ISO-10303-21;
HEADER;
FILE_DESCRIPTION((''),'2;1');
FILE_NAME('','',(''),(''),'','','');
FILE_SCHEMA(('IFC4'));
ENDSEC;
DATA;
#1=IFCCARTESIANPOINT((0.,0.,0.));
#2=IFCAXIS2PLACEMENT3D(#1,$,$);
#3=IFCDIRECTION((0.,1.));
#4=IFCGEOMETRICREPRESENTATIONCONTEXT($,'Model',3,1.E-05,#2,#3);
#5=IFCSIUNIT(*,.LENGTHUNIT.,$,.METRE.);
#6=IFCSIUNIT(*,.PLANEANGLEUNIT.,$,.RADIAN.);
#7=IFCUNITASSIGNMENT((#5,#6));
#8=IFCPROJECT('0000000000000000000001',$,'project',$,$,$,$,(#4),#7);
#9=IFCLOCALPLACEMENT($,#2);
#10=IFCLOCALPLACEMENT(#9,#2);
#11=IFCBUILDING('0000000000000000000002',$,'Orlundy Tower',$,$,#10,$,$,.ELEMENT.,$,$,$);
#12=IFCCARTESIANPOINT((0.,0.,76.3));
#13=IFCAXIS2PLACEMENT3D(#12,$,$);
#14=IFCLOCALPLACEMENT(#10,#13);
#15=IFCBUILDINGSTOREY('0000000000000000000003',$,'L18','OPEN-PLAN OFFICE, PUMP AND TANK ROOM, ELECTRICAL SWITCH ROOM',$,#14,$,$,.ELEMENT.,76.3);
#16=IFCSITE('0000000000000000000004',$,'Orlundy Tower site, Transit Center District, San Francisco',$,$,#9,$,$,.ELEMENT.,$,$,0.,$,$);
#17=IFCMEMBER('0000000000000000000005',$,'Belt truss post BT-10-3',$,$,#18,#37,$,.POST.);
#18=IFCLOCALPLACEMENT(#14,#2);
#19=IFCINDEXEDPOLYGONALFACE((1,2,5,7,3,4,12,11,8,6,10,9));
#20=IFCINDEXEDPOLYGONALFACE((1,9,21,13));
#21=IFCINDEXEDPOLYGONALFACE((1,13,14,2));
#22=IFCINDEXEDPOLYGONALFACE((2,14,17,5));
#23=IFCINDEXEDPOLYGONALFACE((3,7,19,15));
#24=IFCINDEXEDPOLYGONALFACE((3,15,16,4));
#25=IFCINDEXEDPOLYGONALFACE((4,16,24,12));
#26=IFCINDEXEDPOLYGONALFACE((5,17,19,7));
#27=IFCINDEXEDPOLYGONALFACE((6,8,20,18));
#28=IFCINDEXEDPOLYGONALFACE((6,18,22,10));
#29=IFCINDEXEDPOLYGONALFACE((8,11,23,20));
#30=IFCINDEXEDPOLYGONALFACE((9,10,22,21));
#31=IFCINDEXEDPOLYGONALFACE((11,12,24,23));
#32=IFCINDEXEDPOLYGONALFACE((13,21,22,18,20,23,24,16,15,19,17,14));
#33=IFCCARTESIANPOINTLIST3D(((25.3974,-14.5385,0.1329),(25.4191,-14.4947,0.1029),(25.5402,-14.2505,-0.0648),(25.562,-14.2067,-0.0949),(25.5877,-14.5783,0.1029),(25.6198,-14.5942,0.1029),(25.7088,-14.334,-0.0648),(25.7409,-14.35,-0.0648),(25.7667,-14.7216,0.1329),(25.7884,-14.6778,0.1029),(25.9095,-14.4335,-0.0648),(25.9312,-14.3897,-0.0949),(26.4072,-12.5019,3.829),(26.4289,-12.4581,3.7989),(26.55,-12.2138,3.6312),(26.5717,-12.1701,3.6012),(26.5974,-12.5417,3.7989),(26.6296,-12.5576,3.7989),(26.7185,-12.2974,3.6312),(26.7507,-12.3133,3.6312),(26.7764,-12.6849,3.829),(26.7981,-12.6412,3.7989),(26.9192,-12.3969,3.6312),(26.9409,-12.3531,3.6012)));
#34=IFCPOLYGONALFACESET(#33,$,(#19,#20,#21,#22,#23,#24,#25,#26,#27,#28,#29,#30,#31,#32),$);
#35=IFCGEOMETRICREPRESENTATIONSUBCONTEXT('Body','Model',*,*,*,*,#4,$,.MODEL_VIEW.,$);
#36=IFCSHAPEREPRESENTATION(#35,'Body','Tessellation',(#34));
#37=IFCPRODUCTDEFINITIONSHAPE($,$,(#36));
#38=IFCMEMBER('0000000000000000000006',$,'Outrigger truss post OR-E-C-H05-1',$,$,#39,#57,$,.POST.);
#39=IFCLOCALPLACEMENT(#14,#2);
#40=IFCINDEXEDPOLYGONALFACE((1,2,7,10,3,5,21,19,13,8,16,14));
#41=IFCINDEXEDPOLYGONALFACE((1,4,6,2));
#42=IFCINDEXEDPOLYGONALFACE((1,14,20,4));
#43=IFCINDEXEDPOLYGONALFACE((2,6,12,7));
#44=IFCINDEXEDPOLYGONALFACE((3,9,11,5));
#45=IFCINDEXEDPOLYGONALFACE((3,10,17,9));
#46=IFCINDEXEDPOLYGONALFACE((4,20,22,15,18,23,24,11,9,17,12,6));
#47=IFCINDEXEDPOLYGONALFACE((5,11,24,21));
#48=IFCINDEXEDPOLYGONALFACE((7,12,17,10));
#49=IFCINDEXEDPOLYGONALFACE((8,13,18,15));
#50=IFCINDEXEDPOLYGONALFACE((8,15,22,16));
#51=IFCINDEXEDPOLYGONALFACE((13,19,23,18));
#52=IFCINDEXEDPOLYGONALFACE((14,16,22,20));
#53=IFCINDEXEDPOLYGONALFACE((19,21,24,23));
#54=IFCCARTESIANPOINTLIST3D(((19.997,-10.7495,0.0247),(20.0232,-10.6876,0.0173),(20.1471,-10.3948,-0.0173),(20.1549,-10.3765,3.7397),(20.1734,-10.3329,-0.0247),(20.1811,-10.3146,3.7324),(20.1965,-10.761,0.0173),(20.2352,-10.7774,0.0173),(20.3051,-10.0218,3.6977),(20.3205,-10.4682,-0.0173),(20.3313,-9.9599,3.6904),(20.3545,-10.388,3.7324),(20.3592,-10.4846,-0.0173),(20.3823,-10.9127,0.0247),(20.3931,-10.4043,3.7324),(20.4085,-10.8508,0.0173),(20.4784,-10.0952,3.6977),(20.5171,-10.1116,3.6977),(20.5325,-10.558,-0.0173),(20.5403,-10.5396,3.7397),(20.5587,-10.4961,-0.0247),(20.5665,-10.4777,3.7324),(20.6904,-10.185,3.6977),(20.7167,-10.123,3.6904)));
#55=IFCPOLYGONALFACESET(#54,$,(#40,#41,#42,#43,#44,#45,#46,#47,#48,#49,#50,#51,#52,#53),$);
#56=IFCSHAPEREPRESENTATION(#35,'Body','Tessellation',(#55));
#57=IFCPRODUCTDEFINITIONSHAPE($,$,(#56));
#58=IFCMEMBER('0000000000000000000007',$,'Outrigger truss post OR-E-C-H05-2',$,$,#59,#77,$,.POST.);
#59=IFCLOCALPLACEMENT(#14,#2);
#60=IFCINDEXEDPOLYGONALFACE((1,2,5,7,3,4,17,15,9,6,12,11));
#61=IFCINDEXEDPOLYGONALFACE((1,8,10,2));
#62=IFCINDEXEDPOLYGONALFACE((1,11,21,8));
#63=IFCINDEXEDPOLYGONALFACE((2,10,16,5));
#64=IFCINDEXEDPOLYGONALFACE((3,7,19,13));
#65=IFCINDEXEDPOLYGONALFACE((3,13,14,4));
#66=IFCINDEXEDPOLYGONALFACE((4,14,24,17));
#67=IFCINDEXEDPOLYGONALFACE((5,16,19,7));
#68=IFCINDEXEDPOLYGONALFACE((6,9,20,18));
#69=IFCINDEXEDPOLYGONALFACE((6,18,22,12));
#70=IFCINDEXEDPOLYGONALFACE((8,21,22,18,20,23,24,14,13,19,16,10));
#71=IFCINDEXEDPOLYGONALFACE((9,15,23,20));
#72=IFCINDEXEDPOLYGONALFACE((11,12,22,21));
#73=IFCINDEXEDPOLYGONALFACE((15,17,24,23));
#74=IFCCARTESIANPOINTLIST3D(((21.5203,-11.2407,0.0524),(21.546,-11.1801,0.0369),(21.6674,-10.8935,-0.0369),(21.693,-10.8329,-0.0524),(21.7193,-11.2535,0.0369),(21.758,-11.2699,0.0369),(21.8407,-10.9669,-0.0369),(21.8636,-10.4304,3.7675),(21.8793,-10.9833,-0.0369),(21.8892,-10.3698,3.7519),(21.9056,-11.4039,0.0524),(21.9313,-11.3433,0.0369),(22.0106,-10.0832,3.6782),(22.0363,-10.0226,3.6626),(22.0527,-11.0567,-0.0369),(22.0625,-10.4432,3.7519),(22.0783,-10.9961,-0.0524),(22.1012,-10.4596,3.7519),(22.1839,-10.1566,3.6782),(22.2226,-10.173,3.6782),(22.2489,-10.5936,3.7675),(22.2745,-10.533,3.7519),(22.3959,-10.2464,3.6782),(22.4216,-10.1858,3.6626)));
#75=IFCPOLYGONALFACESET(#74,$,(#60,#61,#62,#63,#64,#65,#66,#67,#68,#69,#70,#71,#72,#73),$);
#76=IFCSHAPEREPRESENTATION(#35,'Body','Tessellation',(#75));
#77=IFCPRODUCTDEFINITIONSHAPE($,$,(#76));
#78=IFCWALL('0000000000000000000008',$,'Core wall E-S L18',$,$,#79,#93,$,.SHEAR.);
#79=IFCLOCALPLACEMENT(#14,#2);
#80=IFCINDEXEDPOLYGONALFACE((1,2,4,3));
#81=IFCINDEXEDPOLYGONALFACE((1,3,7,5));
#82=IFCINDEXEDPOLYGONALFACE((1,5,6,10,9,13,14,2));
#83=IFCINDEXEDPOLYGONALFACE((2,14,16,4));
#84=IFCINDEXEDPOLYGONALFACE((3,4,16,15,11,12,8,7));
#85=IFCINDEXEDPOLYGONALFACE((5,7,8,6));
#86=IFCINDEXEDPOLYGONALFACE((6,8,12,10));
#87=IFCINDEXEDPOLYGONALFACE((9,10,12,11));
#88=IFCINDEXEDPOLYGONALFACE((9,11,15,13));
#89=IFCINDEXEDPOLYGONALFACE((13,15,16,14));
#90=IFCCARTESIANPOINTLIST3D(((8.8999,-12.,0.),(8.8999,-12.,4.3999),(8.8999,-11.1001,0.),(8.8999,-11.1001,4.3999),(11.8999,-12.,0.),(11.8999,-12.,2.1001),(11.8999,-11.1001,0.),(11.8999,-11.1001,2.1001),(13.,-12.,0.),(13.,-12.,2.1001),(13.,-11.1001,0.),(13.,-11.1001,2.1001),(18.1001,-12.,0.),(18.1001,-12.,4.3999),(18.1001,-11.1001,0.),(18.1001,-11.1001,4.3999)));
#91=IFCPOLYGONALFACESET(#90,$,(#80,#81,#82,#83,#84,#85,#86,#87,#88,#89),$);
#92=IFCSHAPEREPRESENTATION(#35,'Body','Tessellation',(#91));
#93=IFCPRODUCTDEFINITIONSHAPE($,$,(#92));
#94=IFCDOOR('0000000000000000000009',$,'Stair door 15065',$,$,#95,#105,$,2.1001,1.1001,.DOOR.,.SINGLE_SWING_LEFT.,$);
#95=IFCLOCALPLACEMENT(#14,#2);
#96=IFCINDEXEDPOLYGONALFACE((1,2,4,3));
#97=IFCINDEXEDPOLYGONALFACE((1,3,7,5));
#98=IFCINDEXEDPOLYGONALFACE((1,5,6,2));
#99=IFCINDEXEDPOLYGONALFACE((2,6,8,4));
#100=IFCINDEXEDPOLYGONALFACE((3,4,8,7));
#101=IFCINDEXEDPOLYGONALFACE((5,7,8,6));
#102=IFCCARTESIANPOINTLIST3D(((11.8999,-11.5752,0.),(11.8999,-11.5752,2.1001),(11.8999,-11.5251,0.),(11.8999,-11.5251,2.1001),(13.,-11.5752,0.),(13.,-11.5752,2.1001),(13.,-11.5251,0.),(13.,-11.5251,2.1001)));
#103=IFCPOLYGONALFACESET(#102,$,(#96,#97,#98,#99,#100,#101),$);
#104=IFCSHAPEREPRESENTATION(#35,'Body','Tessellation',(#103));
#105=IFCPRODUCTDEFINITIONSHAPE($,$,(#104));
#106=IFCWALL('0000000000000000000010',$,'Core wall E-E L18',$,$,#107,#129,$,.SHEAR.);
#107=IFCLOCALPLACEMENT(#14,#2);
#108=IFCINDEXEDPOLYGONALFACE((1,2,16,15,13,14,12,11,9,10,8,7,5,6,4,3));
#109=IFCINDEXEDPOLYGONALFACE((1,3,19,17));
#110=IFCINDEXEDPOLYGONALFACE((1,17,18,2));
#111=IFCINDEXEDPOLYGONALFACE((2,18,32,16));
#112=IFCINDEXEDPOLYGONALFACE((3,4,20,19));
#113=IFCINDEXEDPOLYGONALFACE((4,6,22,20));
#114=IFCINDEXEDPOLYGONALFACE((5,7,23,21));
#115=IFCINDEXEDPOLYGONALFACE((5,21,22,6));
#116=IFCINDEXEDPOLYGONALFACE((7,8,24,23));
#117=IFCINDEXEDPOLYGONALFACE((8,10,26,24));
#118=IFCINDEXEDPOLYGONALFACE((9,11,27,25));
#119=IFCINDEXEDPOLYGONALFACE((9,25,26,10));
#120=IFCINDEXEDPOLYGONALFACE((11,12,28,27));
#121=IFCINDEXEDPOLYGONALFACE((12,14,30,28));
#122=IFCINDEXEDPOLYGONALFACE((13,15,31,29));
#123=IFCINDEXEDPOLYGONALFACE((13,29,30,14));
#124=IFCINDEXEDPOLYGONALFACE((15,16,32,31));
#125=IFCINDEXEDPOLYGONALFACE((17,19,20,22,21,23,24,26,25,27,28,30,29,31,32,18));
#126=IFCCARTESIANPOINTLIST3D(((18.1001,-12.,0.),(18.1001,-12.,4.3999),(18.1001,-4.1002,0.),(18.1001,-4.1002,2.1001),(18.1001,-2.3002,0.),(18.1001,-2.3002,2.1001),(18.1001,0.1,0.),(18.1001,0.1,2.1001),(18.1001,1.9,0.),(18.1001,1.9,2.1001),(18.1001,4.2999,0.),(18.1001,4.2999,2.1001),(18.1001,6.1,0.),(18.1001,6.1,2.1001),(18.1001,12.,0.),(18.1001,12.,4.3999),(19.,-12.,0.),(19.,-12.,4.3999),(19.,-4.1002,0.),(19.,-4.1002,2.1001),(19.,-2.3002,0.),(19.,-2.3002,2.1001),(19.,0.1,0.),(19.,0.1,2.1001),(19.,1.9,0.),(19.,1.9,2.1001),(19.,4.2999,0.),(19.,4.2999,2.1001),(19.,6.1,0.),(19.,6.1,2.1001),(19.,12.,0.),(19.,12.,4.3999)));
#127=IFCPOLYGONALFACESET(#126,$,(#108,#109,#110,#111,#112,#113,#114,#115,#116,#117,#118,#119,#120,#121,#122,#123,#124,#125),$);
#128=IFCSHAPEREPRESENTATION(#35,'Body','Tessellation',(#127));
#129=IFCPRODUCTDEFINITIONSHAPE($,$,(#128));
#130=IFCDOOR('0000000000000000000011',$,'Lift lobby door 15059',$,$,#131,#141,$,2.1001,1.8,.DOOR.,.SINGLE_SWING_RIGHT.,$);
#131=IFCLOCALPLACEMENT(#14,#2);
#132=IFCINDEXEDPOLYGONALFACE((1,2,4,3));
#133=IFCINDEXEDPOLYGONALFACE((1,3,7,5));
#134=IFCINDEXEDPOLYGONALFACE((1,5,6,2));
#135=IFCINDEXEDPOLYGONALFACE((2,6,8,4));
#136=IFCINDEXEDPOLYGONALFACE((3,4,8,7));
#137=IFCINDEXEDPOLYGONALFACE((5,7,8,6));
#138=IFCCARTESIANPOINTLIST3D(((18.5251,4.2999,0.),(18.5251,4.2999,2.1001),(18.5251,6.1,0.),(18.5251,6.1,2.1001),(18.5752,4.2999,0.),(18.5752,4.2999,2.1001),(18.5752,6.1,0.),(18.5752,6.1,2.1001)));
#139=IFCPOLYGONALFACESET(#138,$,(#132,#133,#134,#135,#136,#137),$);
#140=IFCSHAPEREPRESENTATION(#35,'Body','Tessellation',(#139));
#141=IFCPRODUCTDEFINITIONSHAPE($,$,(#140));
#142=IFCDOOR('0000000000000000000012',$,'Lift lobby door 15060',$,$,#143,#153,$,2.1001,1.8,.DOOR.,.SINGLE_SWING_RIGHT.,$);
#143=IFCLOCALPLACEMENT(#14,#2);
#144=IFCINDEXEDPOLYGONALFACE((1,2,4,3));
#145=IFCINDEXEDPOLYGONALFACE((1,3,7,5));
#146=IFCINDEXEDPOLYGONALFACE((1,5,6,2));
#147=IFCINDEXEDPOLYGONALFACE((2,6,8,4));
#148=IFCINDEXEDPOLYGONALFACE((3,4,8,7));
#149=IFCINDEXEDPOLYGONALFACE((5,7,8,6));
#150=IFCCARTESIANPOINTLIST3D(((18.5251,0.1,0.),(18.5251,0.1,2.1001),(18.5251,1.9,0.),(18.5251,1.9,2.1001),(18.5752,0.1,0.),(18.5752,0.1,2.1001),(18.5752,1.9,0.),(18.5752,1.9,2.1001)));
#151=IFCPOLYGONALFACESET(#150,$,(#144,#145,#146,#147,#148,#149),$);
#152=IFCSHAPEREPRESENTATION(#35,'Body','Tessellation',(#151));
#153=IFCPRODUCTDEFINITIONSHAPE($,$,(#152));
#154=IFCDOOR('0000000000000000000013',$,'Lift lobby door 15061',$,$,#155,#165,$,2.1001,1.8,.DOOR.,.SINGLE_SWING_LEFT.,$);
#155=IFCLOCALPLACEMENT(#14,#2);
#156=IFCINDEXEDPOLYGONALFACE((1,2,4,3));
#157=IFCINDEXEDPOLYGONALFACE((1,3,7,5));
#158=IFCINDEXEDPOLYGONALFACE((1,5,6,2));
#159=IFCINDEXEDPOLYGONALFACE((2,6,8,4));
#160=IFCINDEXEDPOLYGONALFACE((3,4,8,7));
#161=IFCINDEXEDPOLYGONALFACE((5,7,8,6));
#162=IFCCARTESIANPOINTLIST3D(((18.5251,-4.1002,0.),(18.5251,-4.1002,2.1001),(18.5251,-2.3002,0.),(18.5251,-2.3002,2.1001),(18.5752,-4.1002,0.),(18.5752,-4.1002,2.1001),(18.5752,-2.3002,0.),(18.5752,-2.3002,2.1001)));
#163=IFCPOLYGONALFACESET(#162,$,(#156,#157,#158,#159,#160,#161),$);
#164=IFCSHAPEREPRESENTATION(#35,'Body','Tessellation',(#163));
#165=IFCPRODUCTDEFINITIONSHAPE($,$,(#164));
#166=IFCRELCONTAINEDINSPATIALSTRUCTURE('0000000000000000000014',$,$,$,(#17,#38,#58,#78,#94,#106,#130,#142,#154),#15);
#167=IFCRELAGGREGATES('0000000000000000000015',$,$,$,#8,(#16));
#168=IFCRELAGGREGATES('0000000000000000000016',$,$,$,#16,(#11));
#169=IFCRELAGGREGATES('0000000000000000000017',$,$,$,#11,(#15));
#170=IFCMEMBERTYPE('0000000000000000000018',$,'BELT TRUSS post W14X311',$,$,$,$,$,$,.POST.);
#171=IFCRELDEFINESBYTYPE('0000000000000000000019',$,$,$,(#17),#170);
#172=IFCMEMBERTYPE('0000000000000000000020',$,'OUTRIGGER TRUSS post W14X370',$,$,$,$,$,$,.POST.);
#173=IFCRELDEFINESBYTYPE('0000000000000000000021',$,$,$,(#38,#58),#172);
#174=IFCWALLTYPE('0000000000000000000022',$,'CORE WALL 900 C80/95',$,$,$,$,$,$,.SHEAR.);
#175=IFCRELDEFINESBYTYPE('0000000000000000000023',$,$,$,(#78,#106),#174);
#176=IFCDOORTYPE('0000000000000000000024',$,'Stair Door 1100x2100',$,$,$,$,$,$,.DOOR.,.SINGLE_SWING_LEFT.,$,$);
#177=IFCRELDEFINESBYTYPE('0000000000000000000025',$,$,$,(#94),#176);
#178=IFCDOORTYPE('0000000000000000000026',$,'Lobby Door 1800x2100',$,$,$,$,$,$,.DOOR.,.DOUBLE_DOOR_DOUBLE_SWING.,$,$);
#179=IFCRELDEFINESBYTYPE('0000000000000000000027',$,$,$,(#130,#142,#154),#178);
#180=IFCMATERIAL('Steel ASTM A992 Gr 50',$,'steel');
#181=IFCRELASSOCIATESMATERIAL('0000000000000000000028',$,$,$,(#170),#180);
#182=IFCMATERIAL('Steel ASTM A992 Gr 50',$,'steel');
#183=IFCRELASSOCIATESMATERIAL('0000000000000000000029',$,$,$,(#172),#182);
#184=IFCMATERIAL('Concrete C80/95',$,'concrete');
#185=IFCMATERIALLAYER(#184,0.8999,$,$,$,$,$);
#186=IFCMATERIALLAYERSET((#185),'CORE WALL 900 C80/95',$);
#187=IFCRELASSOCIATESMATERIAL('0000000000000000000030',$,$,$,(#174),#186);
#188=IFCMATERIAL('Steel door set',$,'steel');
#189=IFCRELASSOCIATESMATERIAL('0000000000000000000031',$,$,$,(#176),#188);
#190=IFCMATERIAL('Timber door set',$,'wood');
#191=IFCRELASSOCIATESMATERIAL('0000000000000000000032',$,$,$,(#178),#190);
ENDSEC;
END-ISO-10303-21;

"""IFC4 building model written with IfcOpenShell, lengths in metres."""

from ifc_helpers import new_model, si_unit, direction, frame, frame_2d, origin, origin_2d, place, context, subcontext, project, spatial, rectangle, i_section, extrude, material, layer, layer_set, material_profile, profile_set, type_object, element, fill, save


model = new_model("IFC4")

# Units and contexts
model_context = context("Model", 3, precision=1e-05, world=origin(), true_north=direction((0.0, 1.0)))
body_context = subcontext(model_context, "Body", "Model", "MODEL_VIEW")
ifc_project = project(units=[si_unit("LENGTHUNIT", "METRE"), si_unit("PLANEANGLEUNIT", "RADIAN")], contexts=[model_context])

# Site, building, storey
site_placement = place(None, origin())
site = spatial("IfcSite", under=ifc_project, at=site_placement, Name="Orlundy Tower site, Transit Center District, San Francisco", CompositionType="ELEMENT", RefElevation=0.0)
building_placement = place(site_placement, origin())
building = spatial("IfcBuilding", under=site, at=building_placement, Name="Orlundy Tower", CompositionType="ELEMENT")
storey_placement = place(building_placement, frame((0.0, 0.0, 76.3)))
storey = spatial("IfcBuildingStorey", under=building, at=storey_placement, Name="L18", Description="OPEN-PLAN OFFICE, PUMP AND TANK ROOM, ELECTRICAL SWITCH ROOM", CompositionType="ELEMENT", Elevation=76.3)

# Members
ifc_material_1 = material(Name="Steel ASTM A992 Gr 50", Category="steel")
ifc_material_profile_1 = material_profile(ifc_material_1, i_section(OverallWidth=0.4121, OverallDepth=0.4348, WebThickness=0.0359, FlangeThickness=0.0574, at=origin_2d()), Name="W14X311")
ifc_profile_set_1 = profile_set([ifc_material_profile_1], Name="Steel ASTM A992 Gr 50")
member_type_1 = type_object("IfcMemberType", Name="BELT TRUSS post W14X311", PredefinedType="POST", material=ifc_profile_set_1)
member_1_placement = place(storey_placement, frame((25.6643, -14.4641, 0.019), z_axis=(0.232711, 0.46936, 0.851791), x_axis=(-0.895926, 0.444204, 0.0)))
element("IfcMember", 1, at=member_1_placement, inside=storey, type_object=member_type_1, Name="Belt truss post BT-10-3", PredefinedType="POST", context=body_context, shape_type="SweptSolid", body=[
    extrude(i_section(OverallWidth=0.4121, OverallDepth=0.4348, WebThickness=0.0359, FlangeThickness=0.0574, at=origin_2d()), origin(), (0.0, 0.0, 1.0), 4.3391),
])
ifc_material_2 = material(Name="Steel ASTM A992 Gr 50", Category="steel")
ifc_material_profile_2 = material_profile(ifc_material_2, i_section(OverallWidth=0.4185, OverallDepth=0.4551, WebThickness=0.042, FlangeThickness=0.0676, at=origin_2d()), Name="W14X370")
ifc_profile_set_2 = profile_set([ifc_material_profile_2], Name="Steel ASTM A992 Gr 50")
member_type_2 = type_object("IfcMemberType", Name="OUTRIGGER TRUSS post W14X370", PredefinedType="POST", material=ifc_profile_set_2)
member_2_placement = place(storey_placement, frame((20.2778, -10.6228, 0.0), z_axis=(0.042268, 0.099822, 0.994107), x_axis=(-0.920851, 0.389915, 0.0)))
element("IfcMember", 2, at=member_2_placement, inside=storey, type_object=member_type_2, Name="Outrigger truss post OR-E-C-H05-1", PredefinedType="POST", context=body_context, shape_type="SweptSolid", body=[
    extrude(i_section(OverallWidth=0.4185, OverallDepth=0.4551, WebThickness=0.042, FlangeThickness=0.0676, at=origin_2d()), origin(), (0.0, 0.0, 1.0), 3.7371),
])
member_3_placement = place(storey_placement, frame((21.7993, -11.1184, 0.0), z_axis=(0.089909, 0.212238, 0.973073), x_axis=(-0.920787, 0.390065, 0.0)))
element("IfcMember", 3, at=member_3_placement, inside=storey, type_object=member_type_2, Name="Outrigger truss post OR-E-C-H05-2", PredefinedType="POST", context=body_context, shape_type="SweptSolid", body=[
    extrude(i_section(OverallWidth=0.4185, OverallDepth=0.4551, WebThickness=0.042, FlangeThickness=0.0676, at=origin_2d()), origin(), (0.0, 0.0, 1.0), 3.8179),
])

# Wall, opening, door
ifc_material_3 = material(Name="Concrete C80/95", Category="concrete")
ifc_layer_1 = layer(ifc_material_3, 0.8999)
ifc_layer_set_1 = layer_set([ifc_layer_1], Name="CORE WALL 900 C80/95")
wall_type_1 = type_object("IfcWallType", Name="CORE WALL 900 C80/95", PredefinedType="SHEAR", material=ifc_layer_set_1)
wall_1_placement = place(storey_placement, frame((8.8999, -11.55, 0.0), z_axis=(0.0, 0.0, 1.0), x_axis=(1.0, 0.0, 0.0)))
wall_1 = element("IfcWall", 4, at=wall_1_placement, inside=storey, type_object=wall_type_1, Name="Core wall E-S L18", PredefinedType="SHEAR", context=body_context, shape_type="SweptSolid", body=[
    extrude(rectangle(XDim=9.2002, YDim=0.8999, at=frame_2d((4.6001, 0.0))), origin(), (0.0, 0.0, 1.0), 4.3999),
])
opening_1_placement = place(wall_1_placement, frame((3.0, 0.0, 0.0)))
opening_1 = element("IfcOpeningElement", 5, at=opening_1_placement, cuts=wall_1, PredefinedType="OPENING", context=body_context, shape_type="SweptSolid", body=[
    extrude(rectangle(XDim=1.1001, YDim=2.1001, at=frame_2d((0.55, 1.05))), frame((0.0, 0.46, 0.0), z_axis=(0.0, -1.0, 0.0), x_axis=(1.0, 0.0, 0.0)), (0.0, 0.0, 1.0), 0.9199),
])
ifc_material_4 = material(Name="Steel door set", Category="steel")
door_type_1 = type_object("IfcDoorType", Name="Stair Door 1100x2100", OperationType="SINGLE_SWING_LEFT", PredefinedType="DOOR", material=ifc_material_4)
door_1_placement = place(opening_1_placement, origin())
door_1 = element("IfcDoor", 6, at=door_1_placement, inside=storey, type_object=door_type_1, Name="Stair door 15065", OperationType="SINGLE_SWING_LEFT", OverallHeight=2.1001, OverallWidth=1.1001, PredefinedType="DOOR", context=body_context, shape_type="SweptSolid", body=[
    extrude(rectangle(XDim=1.1001, YDim=2.1001, at=frame_2d((0.55, 1.05))), frame((0.0, 0.0249, 0.0), z_axis=(0.0, -1.0, 0.0), x_axis=(1.0, 0.0, 0.0)), (0.0, 0.0, 1.0), 0.05),
])
fill(opening_1, door_1)

# Wall, openings, doors
wall_2_placement = place(storey_placement, frame((18.55, -12.0, 0.0), z_axis=(0.0, 0.0, 1.0), x_axis=(0.0, 1.0, 0.0)))
wall_2 = element("IfcWall", 7, at=wall_2_placement, inside=storey, type_object=wall_type_1, Name="Core wall E-E L18", PredefinedType="SHEAR", context=body_context, shape_type="SweptSolid", body=[
    extrude(rectangle(XDim=24.0, YDim=0.8999, at=frame_2d((12.0, 0.0))), origin(), (0.0, 0.0, 1.0), 4.3999),
])
opening_2_placement = place(wall_2_placement, frame((16.3, 0.0, 0.0)))
opening_2 = element("IfcOpeningElement", 8, at=opening_2_placement, cuts=wall_2, PredefinedType="OPENING", context=body_context, shape_type="SweptSolid", body=[
    extrude(rectangle(XDim=1.8, YDim=2.1001, at=frame_2d((0.8999, 1.05))), frame((0.0, 0.46, 0.0), z_axis=(0.0, -1.0, 0.0), x_axis=(1.0, 0.0, 0.0)), (0.0, 0.0, 1.0), 0.9199),
])
opening_3_placement = place(wall_2_placement, frame((12.1001, 0.0, 0.0)))
opening_3 = element("IfcOpeningElement", 9, at=opening_3_placement, cuts=wall_2, PredefinedType="OPENING", context=body_context, shape_type="SweptSolid", body=[
    extrude(rectangle(XDim=1.8, YDim=2.1001, at=frame_2d((0.8999, 1.05))), frame((0.0, 0.46, 0.0), z_axis=(0.0, -1.0, 0.0), x_axis=(1.0, 0.0, 0.0)), (0.0, 0.0, 1.0), 0.9199),
])
opening_4_placement = place(wall_2_placement, frame((7.8999, 0.0, 0.0)))
opening_4 = element("IfcOpeningElement", 10, at=opening_4_placement, cuts=wall_2, PredefinedType="OPENING", context=body_context, shape_type="SweptSolid", body=[
    extrude(rectangle(XDim=1.8, YDim=2.1001, at=frame_2d((0.8999, 1.05))), frame((0.0, 0.46, 0.0), z_axis=(0.0, -1.0, 0.0), x_axis=(1.0, 0.0, 0.0)), (0.0, 0.0, 1.0), 0.9199),
])
ifc_material_5 = material(Name="Timber door set", Category="wood")
door_type_2 = type_object("IfcDoorType", Name="Lobby Door 1800x2100", OperationType="DOUBLE_DOOR_DOUBLE_SWING", PredefinedType="DOOR", material=ifc_material_5)
door_2_placement = place(opening_2_placement, origin())
door_2 = element("IfcDoor", 11, at=door_2_placement, inside=storey, type_object=door_type_2, Name="Lift lobby door 15059", OperationType="SINGLE_SWING_RIGHT", OverallHeight=2.1001, OverallWidth=1.8, PredefinedType="DOOR", context=body_context, shape_type="SweptSolid", body=[
    extrude(rectangle(XDim=1.8, YDim=2.1001, at=frame_2d((0.8999, 1.05))), frame((0.0, 0.0249, 0.0), z_axis=(0.0, -1.0, 0.0), x_axis=(1.0, 0.0, 0.0)), (0.0, 0.0, 1.0), 0.05),
])
fill(opening_2, door_2)
door_3_placement = place(opening_3_placement, origin())
door_3 = element("IfcDoor", 12, at=door_3_placement, inside=storey, type_object=door_type_2, Name="Lift lobby door 15060", OperationType="SINGLE_SWING_RIGHT", OverallHeight=2.1001, OverallWidth=1.8, PredefinedType="DOOR", context=body_context, shape_type="SweptSolid", body=[
    extrude(rectangle(XDim=1.8, YDim=2.1001, at=frame_2d((0.8999, 1.05))), frame((0.0, 0.0249, 0.0), z_axis=(0.0, -1.0, 0.0), x_axis=(1.0, 0.0, 0.0)), (0.0, 0.0, 1.0), 0.05),
])
fill(opening_3, door_3)
door_4_placement = place(opening_4_placement, origin())
door_4 = element("IfcDoor", 13, at=door_4_placement, inside=storey, type_object=door_type_2, Name="Lift lobby door 15061", OperationType="SINGLE_SWING_LEFT", OverallHeight=2.1001, OverallWidth=1.8, PredefinedType="DOOR", context=body_context, shape_type="SweptSolid", body=[
    extrude(rectangle(XDim=1.8, YDim=2.1001, at=frame_2d((0.8999, 1.05))), frame((0.0, 0.0249, 0.0), z_axis=(0.0, -1.0, 0.0), x_axis=(1.0, 0.0, 0.0)), (0.0, 0.0, 1.0), 0.05),
])
fill(opening_4, door_4)

save(model, "model.ifc")
